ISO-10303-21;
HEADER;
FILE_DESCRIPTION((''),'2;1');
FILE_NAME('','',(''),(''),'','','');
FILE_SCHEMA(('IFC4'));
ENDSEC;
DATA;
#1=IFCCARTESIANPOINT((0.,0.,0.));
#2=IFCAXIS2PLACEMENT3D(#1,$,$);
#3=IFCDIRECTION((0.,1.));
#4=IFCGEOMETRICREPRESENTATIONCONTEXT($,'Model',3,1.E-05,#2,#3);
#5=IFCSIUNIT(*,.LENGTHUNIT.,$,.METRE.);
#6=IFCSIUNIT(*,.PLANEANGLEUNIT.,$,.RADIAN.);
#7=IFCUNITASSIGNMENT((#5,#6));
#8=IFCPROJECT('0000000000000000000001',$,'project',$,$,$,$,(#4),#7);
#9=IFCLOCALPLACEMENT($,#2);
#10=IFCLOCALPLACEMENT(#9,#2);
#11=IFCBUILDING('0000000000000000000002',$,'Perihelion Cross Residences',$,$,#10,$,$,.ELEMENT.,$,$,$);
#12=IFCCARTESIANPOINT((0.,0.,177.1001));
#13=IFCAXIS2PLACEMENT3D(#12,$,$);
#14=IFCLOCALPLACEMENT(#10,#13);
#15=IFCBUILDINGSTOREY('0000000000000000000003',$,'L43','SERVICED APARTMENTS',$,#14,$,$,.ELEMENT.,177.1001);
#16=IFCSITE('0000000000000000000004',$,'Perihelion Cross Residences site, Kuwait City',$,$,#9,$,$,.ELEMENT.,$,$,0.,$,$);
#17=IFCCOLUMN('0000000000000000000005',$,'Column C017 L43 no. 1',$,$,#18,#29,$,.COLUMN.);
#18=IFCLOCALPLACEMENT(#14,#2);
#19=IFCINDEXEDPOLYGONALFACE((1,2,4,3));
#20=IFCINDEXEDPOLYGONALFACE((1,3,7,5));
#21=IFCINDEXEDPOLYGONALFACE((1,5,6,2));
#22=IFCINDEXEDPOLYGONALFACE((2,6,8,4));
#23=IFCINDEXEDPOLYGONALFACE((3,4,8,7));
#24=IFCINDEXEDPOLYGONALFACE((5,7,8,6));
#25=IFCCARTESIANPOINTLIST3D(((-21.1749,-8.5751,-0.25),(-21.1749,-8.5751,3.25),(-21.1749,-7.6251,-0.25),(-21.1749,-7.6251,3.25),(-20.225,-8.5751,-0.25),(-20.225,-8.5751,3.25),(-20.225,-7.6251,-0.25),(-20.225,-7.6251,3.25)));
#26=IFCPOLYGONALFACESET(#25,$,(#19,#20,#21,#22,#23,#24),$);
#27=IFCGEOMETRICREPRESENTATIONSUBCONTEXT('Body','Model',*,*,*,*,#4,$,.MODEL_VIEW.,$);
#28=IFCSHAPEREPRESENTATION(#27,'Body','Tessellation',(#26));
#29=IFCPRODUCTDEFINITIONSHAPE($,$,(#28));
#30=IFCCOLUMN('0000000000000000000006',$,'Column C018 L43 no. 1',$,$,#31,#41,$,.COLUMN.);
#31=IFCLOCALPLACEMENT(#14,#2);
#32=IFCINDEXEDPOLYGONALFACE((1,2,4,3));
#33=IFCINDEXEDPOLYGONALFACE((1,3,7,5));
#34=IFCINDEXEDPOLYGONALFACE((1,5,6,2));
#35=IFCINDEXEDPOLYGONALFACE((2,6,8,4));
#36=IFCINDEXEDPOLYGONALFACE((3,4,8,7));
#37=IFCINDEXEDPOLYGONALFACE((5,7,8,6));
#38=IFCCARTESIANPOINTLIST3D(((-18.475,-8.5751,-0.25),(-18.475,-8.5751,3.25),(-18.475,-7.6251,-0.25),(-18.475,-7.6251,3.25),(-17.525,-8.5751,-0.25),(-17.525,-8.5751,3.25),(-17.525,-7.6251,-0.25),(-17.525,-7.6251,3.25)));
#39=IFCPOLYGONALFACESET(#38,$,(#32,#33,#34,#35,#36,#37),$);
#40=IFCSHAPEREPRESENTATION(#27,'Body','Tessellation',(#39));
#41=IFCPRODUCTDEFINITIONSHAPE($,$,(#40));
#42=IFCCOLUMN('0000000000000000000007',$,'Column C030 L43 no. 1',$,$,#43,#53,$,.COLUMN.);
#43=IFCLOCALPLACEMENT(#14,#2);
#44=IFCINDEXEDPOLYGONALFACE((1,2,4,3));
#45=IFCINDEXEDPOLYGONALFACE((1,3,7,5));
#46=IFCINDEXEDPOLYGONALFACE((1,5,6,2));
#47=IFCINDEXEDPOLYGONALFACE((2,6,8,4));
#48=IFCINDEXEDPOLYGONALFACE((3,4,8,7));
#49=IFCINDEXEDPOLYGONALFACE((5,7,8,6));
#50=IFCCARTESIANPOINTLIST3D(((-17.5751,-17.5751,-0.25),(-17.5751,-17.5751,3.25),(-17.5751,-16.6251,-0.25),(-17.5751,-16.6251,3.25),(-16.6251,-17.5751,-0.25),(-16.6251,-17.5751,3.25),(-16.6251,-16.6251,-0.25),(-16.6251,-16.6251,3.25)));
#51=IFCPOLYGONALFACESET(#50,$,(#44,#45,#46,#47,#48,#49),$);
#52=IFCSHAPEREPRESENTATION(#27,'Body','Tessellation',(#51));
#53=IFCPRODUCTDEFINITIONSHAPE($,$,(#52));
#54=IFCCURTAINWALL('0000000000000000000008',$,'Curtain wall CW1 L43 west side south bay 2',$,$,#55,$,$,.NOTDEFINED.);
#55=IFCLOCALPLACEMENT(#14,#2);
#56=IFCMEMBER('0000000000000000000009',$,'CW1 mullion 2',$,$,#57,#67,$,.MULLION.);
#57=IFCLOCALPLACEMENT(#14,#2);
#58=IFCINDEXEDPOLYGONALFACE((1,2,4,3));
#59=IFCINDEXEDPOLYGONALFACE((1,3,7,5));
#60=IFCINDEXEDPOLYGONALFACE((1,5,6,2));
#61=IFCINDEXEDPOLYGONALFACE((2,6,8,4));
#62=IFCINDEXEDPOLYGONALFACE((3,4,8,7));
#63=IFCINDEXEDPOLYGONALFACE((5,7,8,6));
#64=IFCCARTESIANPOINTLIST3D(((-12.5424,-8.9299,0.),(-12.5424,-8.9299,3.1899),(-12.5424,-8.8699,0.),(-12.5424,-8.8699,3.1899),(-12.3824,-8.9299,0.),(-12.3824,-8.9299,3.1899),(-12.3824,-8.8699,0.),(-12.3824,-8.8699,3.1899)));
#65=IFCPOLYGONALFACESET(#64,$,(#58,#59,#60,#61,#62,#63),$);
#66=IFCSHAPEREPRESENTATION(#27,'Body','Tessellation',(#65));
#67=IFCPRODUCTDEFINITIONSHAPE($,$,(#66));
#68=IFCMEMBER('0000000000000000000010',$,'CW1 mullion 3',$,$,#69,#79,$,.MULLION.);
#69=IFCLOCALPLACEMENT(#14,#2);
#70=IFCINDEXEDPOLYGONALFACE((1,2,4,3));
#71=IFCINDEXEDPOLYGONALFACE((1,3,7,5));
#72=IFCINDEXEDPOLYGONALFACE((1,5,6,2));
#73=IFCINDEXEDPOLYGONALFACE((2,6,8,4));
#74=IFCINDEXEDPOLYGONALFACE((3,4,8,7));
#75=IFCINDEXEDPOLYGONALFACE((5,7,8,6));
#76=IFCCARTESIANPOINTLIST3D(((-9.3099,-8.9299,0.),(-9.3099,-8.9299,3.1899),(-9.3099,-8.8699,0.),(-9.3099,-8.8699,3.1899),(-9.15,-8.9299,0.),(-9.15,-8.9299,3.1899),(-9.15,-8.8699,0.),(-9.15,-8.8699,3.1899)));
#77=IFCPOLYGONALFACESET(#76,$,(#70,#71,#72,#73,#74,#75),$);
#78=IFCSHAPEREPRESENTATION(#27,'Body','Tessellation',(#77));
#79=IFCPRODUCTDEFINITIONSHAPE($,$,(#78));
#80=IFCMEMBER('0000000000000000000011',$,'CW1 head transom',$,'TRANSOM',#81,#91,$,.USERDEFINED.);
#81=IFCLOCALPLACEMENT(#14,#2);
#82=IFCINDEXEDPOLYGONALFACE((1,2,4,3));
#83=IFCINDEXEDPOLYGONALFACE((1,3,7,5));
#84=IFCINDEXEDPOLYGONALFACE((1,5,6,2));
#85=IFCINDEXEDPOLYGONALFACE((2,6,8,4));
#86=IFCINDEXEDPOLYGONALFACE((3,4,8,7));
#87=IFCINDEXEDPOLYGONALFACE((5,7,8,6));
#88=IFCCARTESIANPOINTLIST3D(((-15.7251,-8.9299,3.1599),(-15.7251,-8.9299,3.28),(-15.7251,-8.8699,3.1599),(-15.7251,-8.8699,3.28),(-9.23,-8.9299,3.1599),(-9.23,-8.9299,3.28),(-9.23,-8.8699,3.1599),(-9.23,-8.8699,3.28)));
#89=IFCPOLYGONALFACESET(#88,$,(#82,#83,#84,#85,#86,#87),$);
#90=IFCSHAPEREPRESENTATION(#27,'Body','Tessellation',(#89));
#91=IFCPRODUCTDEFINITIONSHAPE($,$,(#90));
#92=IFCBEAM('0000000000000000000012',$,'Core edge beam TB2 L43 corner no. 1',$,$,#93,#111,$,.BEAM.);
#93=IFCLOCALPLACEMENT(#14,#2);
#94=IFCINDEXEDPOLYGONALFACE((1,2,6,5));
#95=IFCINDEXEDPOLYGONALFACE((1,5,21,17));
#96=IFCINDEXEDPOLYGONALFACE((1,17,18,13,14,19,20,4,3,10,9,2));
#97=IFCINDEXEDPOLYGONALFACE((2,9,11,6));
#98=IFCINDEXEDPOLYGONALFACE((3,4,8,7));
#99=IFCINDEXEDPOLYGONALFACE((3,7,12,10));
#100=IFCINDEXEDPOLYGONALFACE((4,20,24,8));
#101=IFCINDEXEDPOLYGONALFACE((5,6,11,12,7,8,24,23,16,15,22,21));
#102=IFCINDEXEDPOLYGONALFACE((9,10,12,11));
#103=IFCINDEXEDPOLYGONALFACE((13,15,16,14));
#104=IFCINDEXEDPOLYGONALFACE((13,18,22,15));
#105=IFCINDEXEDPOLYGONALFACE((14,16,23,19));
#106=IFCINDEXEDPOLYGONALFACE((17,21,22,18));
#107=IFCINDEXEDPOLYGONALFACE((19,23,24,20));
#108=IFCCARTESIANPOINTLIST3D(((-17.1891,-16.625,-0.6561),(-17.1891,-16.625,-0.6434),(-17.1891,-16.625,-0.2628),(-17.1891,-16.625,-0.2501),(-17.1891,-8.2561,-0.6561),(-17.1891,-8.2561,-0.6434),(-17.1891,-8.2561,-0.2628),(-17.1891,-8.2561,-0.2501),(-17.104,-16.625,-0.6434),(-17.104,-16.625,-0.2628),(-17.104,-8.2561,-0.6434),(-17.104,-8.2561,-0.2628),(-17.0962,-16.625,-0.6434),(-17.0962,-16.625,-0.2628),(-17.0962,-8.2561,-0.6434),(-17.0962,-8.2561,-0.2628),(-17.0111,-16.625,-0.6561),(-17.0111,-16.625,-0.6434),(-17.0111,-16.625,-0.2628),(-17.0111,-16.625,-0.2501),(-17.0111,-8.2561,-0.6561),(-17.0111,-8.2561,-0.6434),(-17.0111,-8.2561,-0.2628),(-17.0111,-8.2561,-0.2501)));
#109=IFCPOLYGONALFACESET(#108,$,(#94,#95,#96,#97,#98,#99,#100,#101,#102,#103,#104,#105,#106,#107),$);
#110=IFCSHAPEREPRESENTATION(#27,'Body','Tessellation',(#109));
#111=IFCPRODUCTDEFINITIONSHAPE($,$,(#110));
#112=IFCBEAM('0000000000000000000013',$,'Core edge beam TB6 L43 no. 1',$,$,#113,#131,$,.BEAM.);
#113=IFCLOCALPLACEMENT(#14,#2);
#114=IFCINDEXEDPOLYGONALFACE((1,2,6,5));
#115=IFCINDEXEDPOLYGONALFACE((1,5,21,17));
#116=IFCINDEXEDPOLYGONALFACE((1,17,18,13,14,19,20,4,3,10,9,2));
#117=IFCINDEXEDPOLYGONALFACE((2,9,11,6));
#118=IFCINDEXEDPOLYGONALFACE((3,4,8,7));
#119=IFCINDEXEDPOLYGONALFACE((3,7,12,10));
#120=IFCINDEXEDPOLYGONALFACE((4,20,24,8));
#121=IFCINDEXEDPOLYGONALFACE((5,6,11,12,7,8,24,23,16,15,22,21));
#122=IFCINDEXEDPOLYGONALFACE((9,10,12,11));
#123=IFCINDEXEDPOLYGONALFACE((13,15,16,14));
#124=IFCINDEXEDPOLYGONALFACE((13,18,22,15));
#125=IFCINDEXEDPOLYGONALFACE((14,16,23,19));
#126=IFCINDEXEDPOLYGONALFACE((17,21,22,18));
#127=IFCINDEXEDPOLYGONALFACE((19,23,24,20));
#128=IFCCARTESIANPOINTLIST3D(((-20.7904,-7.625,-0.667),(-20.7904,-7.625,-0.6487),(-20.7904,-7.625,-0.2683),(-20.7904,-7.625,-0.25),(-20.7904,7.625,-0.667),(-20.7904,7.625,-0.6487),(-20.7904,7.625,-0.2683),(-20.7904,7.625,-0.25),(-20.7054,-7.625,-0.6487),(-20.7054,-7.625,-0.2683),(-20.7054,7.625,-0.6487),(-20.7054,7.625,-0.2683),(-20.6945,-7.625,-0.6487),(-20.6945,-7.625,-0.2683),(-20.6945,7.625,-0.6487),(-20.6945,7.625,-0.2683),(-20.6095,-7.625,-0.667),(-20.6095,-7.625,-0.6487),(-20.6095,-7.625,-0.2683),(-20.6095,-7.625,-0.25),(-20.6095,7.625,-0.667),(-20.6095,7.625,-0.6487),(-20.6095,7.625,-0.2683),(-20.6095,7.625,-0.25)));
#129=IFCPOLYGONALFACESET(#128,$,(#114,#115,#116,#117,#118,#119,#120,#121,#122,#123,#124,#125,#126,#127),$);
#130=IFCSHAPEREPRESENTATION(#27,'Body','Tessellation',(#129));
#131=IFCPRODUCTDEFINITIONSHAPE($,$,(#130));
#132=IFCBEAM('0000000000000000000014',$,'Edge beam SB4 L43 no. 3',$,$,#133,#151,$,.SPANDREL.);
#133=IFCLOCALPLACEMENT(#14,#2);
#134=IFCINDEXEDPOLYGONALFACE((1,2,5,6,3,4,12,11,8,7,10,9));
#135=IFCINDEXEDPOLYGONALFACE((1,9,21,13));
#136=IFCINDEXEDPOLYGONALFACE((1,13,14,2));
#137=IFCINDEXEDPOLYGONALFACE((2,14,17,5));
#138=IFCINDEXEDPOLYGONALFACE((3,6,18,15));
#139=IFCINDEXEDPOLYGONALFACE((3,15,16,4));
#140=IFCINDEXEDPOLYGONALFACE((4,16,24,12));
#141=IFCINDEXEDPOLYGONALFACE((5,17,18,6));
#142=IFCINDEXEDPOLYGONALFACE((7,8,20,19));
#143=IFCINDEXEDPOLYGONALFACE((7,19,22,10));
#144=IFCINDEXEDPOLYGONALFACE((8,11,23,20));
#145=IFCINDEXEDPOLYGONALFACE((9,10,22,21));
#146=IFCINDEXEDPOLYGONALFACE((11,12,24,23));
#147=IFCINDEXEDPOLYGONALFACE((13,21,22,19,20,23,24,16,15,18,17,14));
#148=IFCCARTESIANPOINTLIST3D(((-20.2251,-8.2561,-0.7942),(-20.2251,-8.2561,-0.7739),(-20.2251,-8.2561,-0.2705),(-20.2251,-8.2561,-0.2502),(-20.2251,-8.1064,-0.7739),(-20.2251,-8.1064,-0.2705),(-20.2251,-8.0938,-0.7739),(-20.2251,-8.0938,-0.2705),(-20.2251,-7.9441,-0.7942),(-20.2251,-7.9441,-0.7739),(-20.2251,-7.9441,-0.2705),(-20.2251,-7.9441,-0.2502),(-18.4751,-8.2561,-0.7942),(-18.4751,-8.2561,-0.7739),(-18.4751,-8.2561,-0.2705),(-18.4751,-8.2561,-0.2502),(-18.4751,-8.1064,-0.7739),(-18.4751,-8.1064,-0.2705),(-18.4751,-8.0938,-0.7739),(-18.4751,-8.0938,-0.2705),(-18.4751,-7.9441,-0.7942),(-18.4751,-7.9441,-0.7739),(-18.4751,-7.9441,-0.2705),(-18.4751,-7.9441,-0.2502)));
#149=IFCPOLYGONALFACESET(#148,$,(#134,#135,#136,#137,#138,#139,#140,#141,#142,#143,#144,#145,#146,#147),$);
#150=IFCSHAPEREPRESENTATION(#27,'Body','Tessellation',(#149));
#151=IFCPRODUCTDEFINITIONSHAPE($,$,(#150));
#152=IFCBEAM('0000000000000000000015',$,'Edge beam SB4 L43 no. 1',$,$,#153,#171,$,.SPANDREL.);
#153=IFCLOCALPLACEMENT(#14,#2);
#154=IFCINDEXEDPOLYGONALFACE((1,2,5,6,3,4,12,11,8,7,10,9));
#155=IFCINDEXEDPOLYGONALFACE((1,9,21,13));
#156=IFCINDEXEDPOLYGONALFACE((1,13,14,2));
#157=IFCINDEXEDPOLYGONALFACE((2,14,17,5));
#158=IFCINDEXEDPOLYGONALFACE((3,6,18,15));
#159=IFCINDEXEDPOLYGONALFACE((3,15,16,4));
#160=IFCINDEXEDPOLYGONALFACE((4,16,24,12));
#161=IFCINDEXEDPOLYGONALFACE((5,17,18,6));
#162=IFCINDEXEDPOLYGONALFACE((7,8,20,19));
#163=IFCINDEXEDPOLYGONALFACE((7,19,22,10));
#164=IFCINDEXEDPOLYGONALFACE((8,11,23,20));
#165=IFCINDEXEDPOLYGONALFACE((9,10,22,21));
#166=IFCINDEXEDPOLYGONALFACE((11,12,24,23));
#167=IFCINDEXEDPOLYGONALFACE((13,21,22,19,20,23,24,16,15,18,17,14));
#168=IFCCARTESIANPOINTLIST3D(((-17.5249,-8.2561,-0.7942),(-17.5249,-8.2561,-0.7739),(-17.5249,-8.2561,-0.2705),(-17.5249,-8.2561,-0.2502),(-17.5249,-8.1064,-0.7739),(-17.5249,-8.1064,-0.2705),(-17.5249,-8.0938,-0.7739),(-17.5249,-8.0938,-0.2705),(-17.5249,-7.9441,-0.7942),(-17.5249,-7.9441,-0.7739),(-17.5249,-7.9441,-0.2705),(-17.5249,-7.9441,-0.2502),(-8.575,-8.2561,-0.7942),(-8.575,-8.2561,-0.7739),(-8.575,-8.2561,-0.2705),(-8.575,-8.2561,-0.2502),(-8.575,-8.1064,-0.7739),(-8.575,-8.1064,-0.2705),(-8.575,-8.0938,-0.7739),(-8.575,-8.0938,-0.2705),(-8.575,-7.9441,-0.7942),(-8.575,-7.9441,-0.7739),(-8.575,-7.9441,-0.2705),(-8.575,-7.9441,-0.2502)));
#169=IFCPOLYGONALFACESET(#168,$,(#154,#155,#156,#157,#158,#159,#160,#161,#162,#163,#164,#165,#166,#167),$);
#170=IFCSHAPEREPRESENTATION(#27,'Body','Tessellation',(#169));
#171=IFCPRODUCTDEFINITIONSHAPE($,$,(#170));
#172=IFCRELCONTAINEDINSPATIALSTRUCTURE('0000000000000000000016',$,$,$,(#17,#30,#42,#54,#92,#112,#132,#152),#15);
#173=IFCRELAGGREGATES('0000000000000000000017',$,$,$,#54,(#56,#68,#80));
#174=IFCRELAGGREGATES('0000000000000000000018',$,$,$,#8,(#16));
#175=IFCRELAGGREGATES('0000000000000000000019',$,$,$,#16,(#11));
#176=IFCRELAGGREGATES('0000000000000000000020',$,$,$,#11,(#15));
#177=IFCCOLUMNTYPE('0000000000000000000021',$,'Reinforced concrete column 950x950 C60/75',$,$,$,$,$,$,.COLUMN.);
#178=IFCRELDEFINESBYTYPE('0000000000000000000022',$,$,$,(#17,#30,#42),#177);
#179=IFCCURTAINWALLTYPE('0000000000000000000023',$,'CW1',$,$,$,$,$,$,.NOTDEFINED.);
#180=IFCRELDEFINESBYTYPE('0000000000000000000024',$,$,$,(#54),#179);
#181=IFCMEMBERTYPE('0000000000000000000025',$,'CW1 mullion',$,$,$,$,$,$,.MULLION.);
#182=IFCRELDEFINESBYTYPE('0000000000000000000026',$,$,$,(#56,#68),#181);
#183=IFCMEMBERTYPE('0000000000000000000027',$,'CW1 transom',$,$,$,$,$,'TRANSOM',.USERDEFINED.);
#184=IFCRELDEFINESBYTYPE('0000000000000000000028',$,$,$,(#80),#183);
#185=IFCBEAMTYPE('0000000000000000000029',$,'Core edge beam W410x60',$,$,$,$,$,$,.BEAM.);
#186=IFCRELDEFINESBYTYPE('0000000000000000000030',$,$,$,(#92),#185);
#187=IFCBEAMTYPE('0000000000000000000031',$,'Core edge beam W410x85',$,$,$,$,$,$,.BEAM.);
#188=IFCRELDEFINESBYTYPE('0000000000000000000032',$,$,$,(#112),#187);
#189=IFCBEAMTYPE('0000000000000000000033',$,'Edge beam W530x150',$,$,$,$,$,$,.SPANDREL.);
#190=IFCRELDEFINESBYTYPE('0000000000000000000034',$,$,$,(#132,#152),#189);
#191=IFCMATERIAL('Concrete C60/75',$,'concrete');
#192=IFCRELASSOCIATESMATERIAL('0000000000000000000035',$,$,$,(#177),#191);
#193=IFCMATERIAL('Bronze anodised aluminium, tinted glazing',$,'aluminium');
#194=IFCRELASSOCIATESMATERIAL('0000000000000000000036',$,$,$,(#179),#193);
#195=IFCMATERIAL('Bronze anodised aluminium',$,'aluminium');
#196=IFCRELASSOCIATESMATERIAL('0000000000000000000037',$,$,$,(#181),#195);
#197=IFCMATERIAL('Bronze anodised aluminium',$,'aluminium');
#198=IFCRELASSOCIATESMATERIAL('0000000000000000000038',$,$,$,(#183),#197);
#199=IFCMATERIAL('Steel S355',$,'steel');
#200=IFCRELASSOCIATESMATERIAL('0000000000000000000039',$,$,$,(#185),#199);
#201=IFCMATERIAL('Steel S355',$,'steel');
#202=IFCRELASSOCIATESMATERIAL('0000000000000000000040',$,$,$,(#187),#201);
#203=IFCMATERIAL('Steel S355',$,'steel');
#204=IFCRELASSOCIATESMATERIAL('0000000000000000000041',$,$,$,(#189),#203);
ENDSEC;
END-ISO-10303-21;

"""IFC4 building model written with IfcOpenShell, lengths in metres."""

from ifc_helpers import new_model, si_unit, direction, frame, origin, origin_2d, place, context, subcontext, project, spatial, rectangle, i_section, extrude, material, material_profile, profile_set, type_object, element, aggregate, save


model = new_model("IFC4")

# Units and contexts
model_context = context("Model", 3, precision=1e-05, world=origin(), true_north=direction((0.0, 1.0)))
body_context = subcontext(model_context, "Body", "Model", "MODEL_VIEW")
ifc_project = project(units=[si_unit("LENGTHUNIT", "METRE"), si_unit("PLANEANGLEUNIT", "RADIAN")], contexts=[model_context])

# Site, building, storey
site_placement = place(None, origin())
site = spatial("IfcSite", under=ifc_project, at=site_placement, Name="Perihelion Cross Residences site, Kuwait City", CompositionType="ELEMENT", RefElevation=0.0)
building_placement = place(site_placement, origin())
building = spatial("IfcBuilding", under=site, at=building_placement, Name="Perihelion Cross Residences", CompositionType="ELEMENT")
storey_placement = place(building_placement, frame((0.0, 0.0, 177.1001)))
storey = spatial("IfcBuildingStorey", under=building, at=storey_placement, Name="L43", Description="SERVICED APARTMENTS", CompositionType="ELEMENT", Elevation=177.1001)

# Columns
ifc_material_1 = material(Name="Concrete C60/75", Category="concrete")
ifc_material_profile_1 = material_profile(ifc_material_1, rectangle(XDim=0.95, YDim=0.95, at=origin_2d()), Name="RC 950x950")
ifc_profile_set_1 = profile_set([ifc_material_profile_1], Name="Concrete C60/75")
column_type = type_object("IfcColumnType", Name="Reinforced concrete column 950x950 C60/75", PredefinedType="COLUMN", material=ifc_profile_set_1)
for number, where, z_axis, x_axis, name in (
    (1, (-20.7, -8.1001, -0.25), (0.0, 0.0, 1.0), (1.0, 0.0, 0.0), "Column C017 L43 no. 1"),
    (2, (-18.0, -8.1001, -0.25), (0.0, 0.0, 1.0), (1.0, 0.0, 0.0), "Column C018 L43 no. 1"),
    (3, (-17.1001, -17.1001, -0.25), (0.0, 0.0, 1.0), (1.0, 0.0, 0.0), "Column C030 L43 no. 1"),
):
    element("IfcColumn", number, at=place(storey_placement, frame(where, z_axis=z_axis, x_axis=x_axis)), inside=storey, type_object=column_type, Name=name, PredefinedType="COLUMN", context=body_context, shape_type="SweptSolid", body=[
        extrude(rectangle(XDim=0.95, YDim=0.95, at=origin_2d()), origin(), (0.0, 0.0, 1.0), 3.5),
    ])

# Curtain wall, members
ifc_material_2 = material(Name="Bronze anodised aluminium, tinted glazing", Category="aluminium")
curtain_wall_type = type_object("IfcCurtainWallType", Name="CW1", PredefinedType="NOTDEFINED", material=ifc_material_2)
curtain_wall_placement = place(storey_placement, origin())
curtain_wall = element("IfcCurtainWall", 4, at=curtain_wall_placement, inside=storey, type_object=curtain_wall_type, Name="Curtain wall CW1 L43 west side south bay 2", PredefinedType="NOTDEFINED")
ifc_material_3 = material(Name="Bronze anodised aluminium", Category="aluminium")
ifc_material_profile_2 = material_profile(ifc_material_3, rectangle(XDim=0.0601, YDim=0.1599, at=origin_2d()), Name="CW1 mullion")
ifc_profile_set_2 = profile_set([ifc_material_profile_2], Name="Bronze anodised aluminium")
member_type_1 = type_object("IfcMemberType", Name="CW1 mullion", PredefinedType="MULLION", material=ifc_profile_set_2)
member_1_placement = place(storey_placement, frame((-12.4624, -8.8999, 0.0), z_axis=(0.0, 0.0, 1.0), x_axis=(0.0, 1.0, 0.0)))
member_1 = element("IfcMember", 5, at=member_1_placement, type_object=member_type_1, Name="CW1 mullion 2", PredefinedType="MULLION", context=body_context, shape_type="SweptSolid", body=[
    extrude(rectangle(XDim=0.0601, YDim=0.1599, at=origin_2d()), origin(), (0.0, 0.0, 1.0), 3.1899),
])
member_2_placement = place(storey_placement, frame((-9.23, -8.8999, 0.0), z_axis=(0.0, 0.0, 1.0), x_axis=(0.0, 1.0, 0.0)))
member_2 = element("IfcMember", 6, at=member_2_placement, type_object=member_type_1, Name="CW1 mullion 3", PredefinedType="MULLION", context=body_context, shape_type="SweptSolid", body=[
    extrude(rectangle(XDim=0.0601, YDim=0.1599, at=origin_2d()), origin(), (0.0, 0.0, 1.0), 3.1899),
])
ifc_material_4 = material(Name="Bronze anodised aluminium", Category="aluminium")
ifc_material_profile_3 = material_profile(ifc_material_4, rectangle(XDim=0.0601, YDim=0.1201, at=origin_2d()), Name="CW1 transom")
ifc_profile_set_3 = profile_set([ifc_material_profile_3], Name="Bronze anodised aluminium")
member_type_2 = type_object("IfcMemberType", Name="CW1 transom", ElementType="TRANSOM", PredefinedType="USERDEFINED", material=ifc_profile_set_3)
member_3_placement = place(storey_placement, frame((-15.7251, -8.8999, 3.22), z_axis=(1.0, 0.0, 0.0), x_axis=(0.0, 1.0, 0.0)))
member_3 = element("IfcMember", 7, at=member_3_placement, type_object=member_type_2, Name="CW1 head transom", ObjectType="TRANSOM", PredefinedType="USERDEFINED", context=body_context, shape_type="SweptSolid", body=[
    extrude(rectangle(XDim=0.0601, YDim=0.1201, at=origin_2d()), origin(), (0.0, 0.0, 1.0), 6.4951),
])

# Beams
ifc_material_5 = material(Name="Steel S355", Category="steel")
ifc_material_profile_4 = material_profile(ifc_material_5, i_section(OverallWidth=0.178, OverallDepth=0.406, WebThickness=0.0078, FlangeThickness=0.0127, at=origin_2d()), Name="W410x60")
ifc_profile_set_4 = profile_set([ifc_material_profile_4], Name="Steel S355")
beam_type_1 = type_object("IfcBeamType", Name="Core edge beam W410x60", PredefinedType="BEAM", material=ifc_profile_set_4)
beam_1_placement = place(storey_placement, frame((-17.1001, -8.2561, -0.4531), z_axis=(0.0, -1.0, 0.0), x_axis=(1.0, 0.0, 0.0)))
element("IfcBeam", 8, at=beam_1_placement, inside=storey, type_object=beam_type_1, Name="Core edge beam TB2 L43 corner no. 1", PredefinedType="BEAM", context=body_context, shape_type="SweptSolid", body=[
    extrude(i_section(OverallWidth=0.178, OverallDepth=0.406, WebThickness=0.0078, FlangeThickness=0.0127, at=origin_2d()), origin(), (0.0, 0.0, 1.0), 8.3689),
])
ifc_material_6 = material(Name="Steel S355", Category="steel")
ifc_material_profile_5 = material_profile(ifc_material_6, i_section(OverallWidth=0.1809, OverallDepth=0.417, WebThickness=0.011, FlangeThickness=0.0183, at=origin_2d()), Name="W410x85")
ifc_profile_set_5 = profile_set([ifc_material_profile_5], Name="Steel S355")
beam_type_2 = type_object("IfcBeamType", Name="Core edge beam W410x85", PredefinedType="BEAM", material=ifc_profile_set_5)
beam_2_placement = place(storey_placement, frame((-20.7, -7.625, -0.4585), z_axis=(0.0, 1.0, 0.0), x_axis=(-1.0, 0.0, 0.0)))
element("IfcBeam", 9, at=beam_2_placement, inside=storey, type_object=beam_type_2, Name="Core edge beam TB6 L43 no. 1", PredefinedType="BEAM", context=body_context, shape_type="SweptSolid", body=[
    extrude(i_section(OverallWidth=0.1809, OverallDepth=0.417, WebThickness=0.011, FlangeThickness=0.0183, at=origin_2d()), origin(), (0.0, 0.0, 1.0), 15.25),
])
ifc_material_7 = material(Name="Steel S355", Category="steel")
ifc_material_profile_6 = material_profile(ifc_material_7, i_section(OverallWidth=0.312, OverallDepth=0.5439, WebThickness=0.0127, FlangeThickness=0.0203, at=origin_2d()), Name="W530x150")
ifc_profile_set_6 = profile_set([ifc_material_profile_6], Name="Steel S355")
beam_type_3 = type_object("IfcBeamType", Name="Edge beam W530x150", PredefinedType="SPANDREL", material=ifc_profile_set_6)
beam_3_placement = place(storey_placement, frame((-20.2251, -8.1001, -0.5222), z_axis=(1.0, 0.0, 0.0), x_axis=(0.0, 1.0, 0.0)))
element("IfcBeam", 10, at=beam_3_placement, inside=storey, type_object=beam_type_3, Name="Edge beam SB4 L43 no. 3", PredefinedType="SPANDREL", context=body_context, shape_type="SweptSolid", body=[
    extrude(i_section(OverallWidth=0.312, OverallDepth=0.5439, WebThickness=0.0127, FlangeThickness=0.0203, at=origin_2d()), origin(), (0.0, 0.0, 1.0), 1.75),
])
beam_4_placement = place(storey_placement, frame((-17.5249, -8.1001, -0.5222), z_axis=(1.0, 0.0, 0.0), x_axis=(0.0, 1.0, 0.0)))
element("IfcBeam", 11, at=beam_4_placement, inside=storey, type_object=beam_type_3, Name="Edge beam SB4 L43 no. 1", PredefinedType="SPANDREL", context=body_context, shape_type="SweptSolid", body=[
    extrude(i_section(OverallWidth=0.312, OverallDepth=0.5439, WebThickness=0.0127, FlangeThickness=0.0203, at=origin_2d()), origin(), (0.0, 0.0, 1.0), 8.95),
])

aggregate(curtain_wall, [member_1, member_2, member_3])

save(model, "model.ifc")
